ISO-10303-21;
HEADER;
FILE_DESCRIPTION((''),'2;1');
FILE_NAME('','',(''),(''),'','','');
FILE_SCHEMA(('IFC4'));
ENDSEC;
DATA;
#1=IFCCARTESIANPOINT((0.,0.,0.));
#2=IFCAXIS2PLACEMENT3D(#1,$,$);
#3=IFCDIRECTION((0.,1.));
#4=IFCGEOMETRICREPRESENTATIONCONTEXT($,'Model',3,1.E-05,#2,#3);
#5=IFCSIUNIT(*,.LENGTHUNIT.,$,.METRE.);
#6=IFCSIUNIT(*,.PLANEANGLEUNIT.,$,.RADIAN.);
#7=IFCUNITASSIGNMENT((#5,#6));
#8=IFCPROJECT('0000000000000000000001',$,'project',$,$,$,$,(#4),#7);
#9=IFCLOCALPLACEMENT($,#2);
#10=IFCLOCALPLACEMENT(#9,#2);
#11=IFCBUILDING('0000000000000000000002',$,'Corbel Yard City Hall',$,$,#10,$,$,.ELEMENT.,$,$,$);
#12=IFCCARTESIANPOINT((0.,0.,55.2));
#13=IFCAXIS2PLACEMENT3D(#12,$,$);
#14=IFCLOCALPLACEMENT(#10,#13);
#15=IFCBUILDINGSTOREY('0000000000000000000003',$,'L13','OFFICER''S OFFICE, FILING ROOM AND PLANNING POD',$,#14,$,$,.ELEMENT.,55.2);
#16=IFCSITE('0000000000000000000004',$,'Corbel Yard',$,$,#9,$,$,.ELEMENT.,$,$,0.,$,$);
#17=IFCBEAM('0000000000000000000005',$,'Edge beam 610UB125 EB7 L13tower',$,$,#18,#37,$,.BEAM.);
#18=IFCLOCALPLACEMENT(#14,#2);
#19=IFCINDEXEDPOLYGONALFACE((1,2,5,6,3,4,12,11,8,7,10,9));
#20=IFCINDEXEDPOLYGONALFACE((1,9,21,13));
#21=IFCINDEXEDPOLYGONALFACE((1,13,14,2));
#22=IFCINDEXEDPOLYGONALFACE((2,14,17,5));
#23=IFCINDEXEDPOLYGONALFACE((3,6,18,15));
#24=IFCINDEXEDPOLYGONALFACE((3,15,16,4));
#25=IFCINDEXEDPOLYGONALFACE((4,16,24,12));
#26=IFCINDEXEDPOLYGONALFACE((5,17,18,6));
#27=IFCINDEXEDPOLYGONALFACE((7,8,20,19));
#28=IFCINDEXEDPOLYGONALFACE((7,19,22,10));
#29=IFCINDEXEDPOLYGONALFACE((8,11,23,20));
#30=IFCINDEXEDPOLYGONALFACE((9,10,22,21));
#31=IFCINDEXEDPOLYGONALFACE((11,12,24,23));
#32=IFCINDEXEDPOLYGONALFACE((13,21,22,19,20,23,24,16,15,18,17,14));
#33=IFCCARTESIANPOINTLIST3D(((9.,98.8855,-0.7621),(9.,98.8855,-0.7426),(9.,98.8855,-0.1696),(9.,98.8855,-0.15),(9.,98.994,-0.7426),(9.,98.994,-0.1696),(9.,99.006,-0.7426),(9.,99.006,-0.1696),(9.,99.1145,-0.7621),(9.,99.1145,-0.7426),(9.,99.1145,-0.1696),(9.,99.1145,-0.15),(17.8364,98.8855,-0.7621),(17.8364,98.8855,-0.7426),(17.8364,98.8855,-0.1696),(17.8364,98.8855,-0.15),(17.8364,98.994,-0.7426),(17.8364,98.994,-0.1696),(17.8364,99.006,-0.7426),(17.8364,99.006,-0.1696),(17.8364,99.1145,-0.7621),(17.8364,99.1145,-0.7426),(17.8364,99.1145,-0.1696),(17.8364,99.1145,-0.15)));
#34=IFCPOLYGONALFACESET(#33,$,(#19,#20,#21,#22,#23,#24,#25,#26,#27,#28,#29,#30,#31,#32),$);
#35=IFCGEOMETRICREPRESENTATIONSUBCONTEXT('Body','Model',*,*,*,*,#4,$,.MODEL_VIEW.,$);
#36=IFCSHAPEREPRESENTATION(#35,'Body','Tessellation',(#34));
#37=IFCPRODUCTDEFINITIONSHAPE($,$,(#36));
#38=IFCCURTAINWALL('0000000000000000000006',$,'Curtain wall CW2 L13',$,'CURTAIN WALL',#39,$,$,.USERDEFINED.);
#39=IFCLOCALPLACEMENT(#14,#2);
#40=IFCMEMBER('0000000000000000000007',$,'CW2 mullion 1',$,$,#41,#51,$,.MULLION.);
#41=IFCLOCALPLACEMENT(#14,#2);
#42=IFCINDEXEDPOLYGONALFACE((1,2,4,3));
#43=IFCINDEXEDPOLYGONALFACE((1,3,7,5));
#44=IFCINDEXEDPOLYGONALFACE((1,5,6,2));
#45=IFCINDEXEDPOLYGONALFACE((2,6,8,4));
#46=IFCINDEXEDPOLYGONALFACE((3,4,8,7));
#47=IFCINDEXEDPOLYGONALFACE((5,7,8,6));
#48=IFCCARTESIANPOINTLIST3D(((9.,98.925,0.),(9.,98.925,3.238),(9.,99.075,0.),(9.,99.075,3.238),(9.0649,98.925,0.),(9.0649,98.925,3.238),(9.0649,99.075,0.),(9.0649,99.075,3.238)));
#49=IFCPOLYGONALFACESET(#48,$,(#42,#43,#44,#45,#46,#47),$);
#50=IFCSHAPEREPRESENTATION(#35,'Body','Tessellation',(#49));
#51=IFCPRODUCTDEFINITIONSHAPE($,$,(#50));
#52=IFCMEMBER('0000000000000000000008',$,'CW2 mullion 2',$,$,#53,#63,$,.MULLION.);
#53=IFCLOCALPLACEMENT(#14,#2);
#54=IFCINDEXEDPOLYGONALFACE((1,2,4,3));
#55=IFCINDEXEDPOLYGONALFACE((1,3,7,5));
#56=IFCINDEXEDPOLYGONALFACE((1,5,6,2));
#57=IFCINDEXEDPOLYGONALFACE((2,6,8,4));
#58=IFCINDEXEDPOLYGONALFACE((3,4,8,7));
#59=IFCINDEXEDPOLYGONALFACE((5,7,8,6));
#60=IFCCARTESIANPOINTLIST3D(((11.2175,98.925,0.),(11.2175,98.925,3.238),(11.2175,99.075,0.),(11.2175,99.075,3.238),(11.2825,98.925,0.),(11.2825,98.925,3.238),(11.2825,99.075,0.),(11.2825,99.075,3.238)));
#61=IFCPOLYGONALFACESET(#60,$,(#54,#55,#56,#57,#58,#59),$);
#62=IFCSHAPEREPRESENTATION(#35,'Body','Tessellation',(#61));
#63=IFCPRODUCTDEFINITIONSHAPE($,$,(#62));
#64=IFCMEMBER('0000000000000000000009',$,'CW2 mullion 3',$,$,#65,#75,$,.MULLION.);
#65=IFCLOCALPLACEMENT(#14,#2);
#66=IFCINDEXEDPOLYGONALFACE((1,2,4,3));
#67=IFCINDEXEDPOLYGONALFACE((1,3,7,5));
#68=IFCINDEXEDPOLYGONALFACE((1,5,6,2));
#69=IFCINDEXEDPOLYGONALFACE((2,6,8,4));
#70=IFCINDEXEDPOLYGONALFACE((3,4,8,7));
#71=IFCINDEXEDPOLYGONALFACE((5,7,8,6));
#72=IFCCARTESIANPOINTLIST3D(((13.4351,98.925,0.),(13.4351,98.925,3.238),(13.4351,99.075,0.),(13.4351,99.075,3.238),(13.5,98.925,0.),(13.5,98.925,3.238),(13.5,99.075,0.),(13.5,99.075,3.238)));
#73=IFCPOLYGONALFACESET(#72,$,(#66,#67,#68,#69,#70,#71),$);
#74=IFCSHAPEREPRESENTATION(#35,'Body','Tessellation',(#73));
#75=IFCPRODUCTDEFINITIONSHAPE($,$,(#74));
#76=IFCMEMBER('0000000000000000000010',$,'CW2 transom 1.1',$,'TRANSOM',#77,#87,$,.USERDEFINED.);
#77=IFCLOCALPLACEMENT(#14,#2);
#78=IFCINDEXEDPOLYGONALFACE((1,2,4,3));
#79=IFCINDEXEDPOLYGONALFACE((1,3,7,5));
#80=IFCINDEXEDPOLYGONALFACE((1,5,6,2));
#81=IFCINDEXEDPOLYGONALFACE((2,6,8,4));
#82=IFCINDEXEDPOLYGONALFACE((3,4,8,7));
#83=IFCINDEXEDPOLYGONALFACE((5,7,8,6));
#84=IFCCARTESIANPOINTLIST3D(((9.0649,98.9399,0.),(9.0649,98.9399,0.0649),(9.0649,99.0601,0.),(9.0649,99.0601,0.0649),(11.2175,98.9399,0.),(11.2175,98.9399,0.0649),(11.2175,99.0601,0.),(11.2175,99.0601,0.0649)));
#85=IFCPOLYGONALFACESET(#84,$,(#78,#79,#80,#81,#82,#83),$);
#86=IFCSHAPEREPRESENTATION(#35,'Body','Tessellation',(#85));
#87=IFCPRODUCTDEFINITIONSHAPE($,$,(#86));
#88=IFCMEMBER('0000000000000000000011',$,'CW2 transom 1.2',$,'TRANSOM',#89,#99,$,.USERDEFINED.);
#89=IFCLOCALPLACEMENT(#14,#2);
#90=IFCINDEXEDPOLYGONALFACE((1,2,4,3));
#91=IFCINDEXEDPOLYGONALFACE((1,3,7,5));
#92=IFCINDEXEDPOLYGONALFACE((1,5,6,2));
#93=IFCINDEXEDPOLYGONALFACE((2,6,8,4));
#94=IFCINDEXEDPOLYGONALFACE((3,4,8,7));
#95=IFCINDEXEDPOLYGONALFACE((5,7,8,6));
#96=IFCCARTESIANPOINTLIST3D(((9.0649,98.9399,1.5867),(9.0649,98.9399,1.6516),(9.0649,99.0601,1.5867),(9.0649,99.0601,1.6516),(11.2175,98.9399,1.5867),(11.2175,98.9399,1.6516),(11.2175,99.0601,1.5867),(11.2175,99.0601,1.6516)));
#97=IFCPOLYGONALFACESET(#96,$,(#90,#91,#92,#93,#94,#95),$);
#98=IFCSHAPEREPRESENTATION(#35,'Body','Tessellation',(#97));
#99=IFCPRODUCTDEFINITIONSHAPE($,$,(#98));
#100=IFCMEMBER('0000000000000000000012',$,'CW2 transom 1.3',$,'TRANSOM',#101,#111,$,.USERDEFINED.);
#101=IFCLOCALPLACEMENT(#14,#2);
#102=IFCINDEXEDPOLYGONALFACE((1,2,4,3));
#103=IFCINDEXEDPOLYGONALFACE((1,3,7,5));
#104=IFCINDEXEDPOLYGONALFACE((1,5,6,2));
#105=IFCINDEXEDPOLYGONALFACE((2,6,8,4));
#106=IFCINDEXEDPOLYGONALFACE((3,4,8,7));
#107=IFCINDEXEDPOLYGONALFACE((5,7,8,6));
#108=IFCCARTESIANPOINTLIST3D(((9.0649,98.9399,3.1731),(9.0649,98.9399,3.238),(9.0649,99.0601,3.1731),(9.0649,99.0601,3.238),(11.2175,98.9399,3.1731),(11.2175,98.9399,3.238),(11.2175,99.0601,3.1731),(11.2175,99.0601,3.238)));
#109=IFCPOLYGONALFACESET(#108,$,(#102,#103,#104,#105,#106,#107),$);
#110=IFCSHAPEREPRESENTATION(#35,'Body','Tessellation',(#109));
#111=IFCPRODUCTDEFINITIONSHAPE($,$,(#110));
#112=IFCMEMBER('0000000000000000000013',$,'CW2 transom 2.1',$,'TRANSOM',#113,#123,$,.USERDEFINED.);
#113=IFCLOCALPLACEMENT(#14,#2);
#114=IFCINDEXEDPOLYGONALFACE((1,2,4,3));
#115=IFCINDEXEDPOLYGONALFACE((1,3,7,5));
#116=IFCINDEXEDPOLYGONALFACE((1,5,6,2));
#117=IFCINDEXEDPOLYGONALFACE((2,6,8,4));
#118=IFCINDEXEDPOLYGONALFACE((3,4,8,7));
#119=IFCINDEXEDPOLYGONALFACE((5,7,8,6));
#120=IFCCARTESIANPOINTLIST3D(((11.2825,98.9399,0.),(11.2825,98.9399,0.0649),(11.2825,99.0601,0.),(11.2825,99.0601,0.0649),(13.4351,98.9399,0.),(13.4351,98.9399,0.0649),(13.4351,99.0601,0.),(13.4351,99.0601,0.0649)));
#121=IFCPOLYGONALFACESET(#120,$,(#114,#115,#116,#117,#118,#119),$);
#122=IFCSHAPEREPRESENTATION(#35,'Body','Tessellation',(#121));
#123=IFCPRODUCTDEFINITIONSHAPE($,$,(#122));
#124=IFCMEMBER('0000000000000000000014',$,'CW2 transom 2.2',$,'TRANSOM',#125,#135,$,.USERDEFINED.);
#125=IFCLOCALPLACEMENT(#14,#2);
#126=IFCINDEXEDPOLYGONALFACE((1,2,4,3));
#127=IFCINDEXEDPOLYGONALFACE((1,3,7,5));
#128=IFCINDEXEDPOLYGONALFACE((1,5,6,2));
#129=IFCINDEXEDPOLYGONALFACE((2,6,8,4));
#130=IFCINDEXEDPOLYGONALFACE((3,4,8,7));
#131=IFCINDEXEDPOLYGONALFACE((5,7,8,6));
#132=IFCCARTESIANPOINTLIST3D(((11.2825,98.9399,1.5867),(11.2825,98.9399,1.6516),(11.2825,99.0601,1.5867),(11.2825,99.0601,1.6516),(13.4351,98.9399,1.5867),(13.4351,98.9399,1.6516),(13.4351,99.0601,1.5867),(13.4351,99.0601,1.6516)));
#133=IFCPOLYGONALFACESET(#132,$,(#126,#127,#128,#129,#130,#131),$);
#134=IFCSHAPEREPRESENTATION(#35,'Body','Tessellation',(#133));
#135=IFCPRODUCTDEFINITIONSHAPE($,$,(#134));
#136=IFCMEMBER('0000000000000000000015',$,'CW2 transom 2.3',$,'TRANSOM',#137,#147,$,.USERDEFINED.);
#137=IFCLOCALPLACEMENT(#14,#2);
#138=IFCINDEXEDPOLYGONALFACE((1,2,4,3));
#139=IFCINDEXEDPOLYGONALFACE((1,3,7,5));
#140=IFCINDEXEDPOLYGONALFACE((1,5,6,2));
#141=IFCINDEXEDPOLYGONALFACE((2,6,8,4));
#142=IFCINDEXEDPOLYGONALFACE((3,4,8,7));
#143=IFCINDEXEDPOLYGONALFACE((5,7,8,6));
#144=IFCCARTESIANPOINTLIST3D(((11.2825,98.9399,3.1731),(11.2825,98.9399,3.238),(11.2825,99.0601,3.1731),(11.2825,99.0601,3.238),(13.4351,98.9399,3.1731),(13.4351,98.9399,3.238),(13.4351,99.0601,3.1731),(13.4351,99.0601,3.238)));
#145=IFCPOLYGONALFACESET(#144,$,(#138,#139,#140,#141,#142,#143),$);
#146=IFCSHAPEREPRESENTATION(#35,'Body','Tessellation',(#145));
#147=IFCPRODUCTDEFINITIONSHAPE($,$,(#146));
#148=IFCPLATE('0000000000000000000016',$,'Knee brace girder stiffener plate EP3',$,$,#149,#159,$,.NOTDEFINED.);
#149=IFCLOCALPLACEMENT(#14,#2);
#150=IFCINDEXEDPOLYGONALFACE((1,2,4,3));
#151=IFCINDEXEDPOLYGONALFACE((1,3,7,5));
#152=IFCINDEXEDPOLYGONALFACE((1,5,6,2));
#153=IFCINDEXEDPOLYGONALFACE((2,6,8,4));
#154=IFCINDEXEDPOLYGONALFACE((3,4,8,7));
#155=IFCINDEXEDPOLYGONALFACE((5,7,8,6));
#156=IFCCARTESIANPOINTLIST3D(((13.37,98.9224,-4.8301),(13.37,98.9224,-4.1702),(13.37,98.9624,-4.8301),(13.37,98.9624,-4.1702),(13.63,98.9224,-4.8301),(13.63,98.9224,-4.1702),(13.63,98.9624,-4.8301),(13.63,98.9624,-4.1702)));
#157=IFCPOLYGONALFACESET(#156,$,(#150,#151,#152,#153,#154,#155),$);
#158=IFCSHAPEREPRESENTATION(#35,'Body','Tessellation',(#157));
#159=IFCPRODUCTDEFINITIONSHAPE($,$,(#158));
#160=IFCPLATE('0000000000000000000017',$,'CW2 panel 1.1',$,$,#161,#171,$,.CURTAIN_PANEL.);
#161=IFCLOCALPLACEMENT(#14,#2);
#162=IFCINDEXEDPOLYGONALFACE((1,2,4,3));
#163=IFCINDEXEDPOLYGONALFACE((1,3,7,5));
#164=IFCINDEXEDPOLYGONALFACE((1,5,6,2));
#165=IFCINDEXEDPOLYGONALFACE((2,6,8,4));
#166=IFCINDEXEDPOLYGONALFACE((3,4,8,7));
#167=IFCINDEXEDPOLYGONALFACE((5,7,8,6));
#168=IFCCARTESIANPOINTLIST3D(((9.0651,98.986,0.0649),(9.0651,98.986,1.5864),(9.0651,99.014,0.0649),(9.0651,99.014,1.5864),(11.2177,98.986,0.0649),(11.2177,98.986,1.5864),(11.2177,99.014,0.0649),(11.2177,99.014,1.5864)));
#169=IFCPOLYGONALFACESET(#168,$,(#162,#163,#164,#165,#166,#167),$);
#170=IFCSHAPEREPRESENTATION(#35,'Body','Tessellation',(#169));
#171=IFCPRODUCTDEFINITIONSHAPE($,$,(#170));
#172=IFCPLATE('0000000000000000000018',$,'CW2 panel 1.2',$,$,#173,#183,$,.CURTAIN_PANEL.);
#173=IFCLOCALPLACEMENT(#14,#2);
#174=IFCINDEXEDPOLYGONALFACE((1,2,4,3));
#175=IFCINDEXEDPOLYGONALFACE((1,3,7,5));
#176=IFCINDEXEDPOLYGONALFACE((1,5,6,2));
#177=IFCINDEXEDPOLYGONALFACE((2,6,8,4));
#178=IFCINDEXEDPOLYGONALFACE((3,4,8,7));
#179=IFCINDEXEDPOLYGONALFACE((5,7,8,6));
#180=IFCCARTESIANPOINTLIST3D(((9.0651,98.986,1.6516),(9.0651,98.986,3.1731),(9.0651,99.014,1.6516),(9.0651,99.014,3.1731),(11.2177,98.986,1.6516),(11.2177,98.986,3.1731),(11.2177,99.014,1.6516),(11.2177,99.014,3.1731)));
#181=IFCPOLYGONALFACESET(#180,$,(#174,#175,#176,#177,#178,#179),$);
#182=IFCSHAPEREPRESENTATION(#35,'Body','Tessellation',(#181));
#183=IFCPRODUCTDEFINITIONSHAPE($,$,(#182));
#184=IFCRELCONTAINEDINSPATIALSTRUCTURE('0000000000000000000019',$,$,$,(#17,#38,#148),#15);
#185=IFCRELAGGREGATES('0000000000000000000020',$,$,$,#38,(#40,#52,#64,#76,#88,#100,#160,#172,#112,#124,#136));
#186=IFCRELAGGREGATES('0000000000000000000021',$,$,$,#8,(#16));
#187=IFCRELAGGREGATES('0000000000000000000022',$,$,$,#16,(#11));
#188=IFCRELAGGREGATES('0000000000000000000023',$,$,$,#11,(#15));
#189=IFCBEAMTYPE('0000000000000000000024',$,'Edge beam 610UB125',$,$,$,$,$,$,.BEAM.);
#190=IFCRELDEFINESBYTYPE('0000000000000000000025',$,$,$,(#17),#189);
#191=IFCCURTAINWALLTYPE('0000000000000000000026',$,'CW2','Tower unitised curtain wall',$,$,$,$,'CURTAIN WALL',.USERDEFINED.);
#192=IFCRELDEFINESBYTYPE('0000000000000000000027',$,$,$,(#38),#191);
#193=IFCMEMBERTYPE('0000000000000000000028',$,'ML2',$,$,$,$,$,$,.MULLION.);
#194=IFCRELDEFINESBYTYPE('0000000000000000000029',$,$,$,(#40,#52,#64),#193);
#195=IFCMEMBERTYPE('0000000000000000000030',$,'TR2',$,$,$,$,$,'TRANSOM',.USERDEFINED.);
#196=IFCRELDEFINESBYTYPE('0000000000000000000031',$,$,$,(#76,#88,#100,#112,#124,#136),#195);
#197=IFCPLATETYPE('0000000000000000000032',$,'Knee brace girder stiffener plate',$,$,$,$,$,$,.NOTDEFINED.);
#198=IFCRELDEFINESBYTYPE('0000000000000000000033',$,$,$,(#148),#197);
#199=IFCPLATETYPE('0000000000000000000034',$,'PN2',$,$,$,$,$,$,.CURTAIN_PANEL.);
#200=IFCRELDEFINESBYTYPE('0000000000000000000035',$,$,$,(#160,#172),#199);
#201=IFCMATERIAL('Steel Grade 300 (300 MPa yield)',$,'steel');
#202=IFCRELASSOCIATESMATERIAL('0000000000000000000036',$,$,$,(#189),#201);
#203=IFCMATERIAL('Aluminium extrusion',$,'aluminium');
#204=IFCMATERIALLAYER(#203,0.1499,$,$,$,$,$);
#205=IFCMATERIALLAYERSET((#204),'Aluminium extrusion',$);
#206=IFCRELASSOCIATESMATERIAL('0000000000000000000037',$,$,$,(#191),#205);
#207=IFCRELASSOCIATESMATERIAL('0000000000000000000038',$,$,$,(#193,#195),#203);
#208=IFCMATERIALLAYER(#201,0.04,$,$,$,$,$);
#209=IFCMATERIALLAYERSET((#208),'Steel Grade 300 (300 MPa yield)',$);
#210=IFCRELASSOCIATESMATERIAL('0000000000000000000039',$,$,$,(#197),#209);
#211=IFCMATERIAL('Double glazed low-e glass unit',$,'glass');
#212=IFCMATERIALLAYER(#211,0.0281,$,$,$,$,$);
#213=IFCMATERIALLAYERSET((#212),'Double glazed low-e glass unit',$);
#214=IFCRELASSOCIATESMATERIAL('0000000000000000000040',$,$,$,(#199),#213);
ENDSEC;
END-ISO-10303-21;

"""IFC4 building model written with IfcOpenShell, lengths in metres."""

from ifc_helpers import new_model, si_unit, direction, frame, origin, origin_2d, place, context, subcontext, project, spatial, rectangle, i_section, extrude, material, layer, layer_set, material_profile, profile_set, type_object, element, aggregate, save


model = new_model("IFC4")

# Units and contexts
model_context = context("Model", 3, precision=1e-05, world=origin(), true_north=direction((0.0, 1.0)))
body_context = subcontext(model_context, "Body", "Model", "MODEL_VIEW")
ifc_project = project(units=[si_unit("LENGTHUNIT", "METRE"), si_unit("PLANEANGLEUNIT", "RADIAN")], contexts=[model_context])

# Site, building, storey
site_placement = place(None, origin())
site = spatial("IfcSite", under=ifc_project, at=site_placement, Name="Corbel Yard", CompositionType="ELEMENT", RefElevation=0.0)
building_placement = place(site_placement, origin())
building = spatial("IfcBuilding", under=site, at=building_placement, Name="Corbel Yard City Hall", CompositionType="ELEMENT")
storey_placement = place(building_placement, frame((0.0, 0.0, 55.2)))
storey = spatial("IfcBuildingStorey", under=building, at=storey_placement, Name="L13", Description="OFFICER'S OFFICE, FILING ROOM AND PLANNING POD", CompositionType="ELEMENT", Elevation=55.2)

# Beam
ifc_material_1 = material(Name="Steel Grade 300 (300 MPa yield)", Category="steel")
ifc_material_profile_1 = material_profile(ifc_material_1, i_section(OverallWidth=0.229, OverallDepth=0.6121, WebThickness=0.012, FlangeThickness=0.0195, at=origin_2d()), Name="610UB125")
ifc_profile_set_1 = profile_set([ifc_material_profile_1], Name="Steel Grade 300 (300 MPa yield)")
beam_type = type_object("IfcBeamType", Name="Edge beam 610UB125", PredefinedType="BEAM", material=ifc_profile_set_1)
beam_placement = place(storey_placement, frame((9.0, 99.0, -0.4561), z_axis=(1.0, 0.0, 0.0), x_axis=(0.0, 1.0, 0.0)))
element("IfcBeam", 1, at=beam_placement, inside=storey, type_object=beam_type, Name="Edge beam 610UB125 EB7 L13tower", PredefinedType="BEAM", context=body_context, shape_type="SweptSolid", body=[
    extrude(i_section(OverallWidth=0.229, OverallDepth=0.6121, WebThickness=0.012, FlangeThickness=0.0195, at=origin_2d()), origin(), (0.0, 0.0, 1.0), 8.8364),
])

# Curtain wall, members
ifc_material_2 = material(Name="Aluminium extrusion", Category="aluminium")
ifc_layer_1 = layer(ifc_material_2, 0.1499)
ifc_layer_set_1 = layer_set([ifc_layer_1], Name="Aluminium extrusion")
curtain_wall_type = type_object("IfcCurtainWallType", Name="CW2", Description="Tower unitised curtain wall", ElementType="CURTAIN WALL", PredefinedType="USERDEFINED", material=ifc_layer_set_1)
curtain_wall_placement = place(storey_placement, origin())
curtain_wall = element("IfcCurtainWall", 2, at=curtain_wall_placement, inside=storey, type_object=curtain_wall_type, Name="Curtain wall CW2 L13", ObjectType="CURTAIN WALL", PredefinedType="USERDEFINED")
ifc_material_profile_2 = material_profile(ifc_material_2, rectangle(XDim=0.1499, YDim=0.0649, at=origin_2d()), Name="150x65")
ifc_profile_set_2 = profile_set([ifc_material_profile_2], Name="Aluminium extrusion")
member_type_1 = type_object("IfcMemberType", Name="ML2", PredefinedType="MULLION", material=ifc_profile_set_2)
member_1_placement = place(storey_placement, frame((9.0325, 99.0, 0.0), z_axis=(0.0, 0.0, 1.0), x_axis=(0.0, 1.0, 0.0)))
member_1 = element("IfcMember", 3, at=member_1_placement, type_object=member_type_1, Name="CW2 mullion 1", PredefinedType="MULLION", context=body_context, shape_type="SweptSolid", body=[
    extrude(rectangle(XDim=0.1499, YDim=0.0649, at=origin_2d()), origin(), (0.0, 0.0, 1.0), 3.238),
])
member_2_placement = place(storey_placement, frame((11.25, 99.0, 0.0), z_axis=(0.0, 0.0, 1.0), x_axis=(0.0, 1.0, 0.0)))
member_2 = element("IfcMember", 4, at=member_2_placement, type_object=member_type_1, Name="CW2 mullion 2", PredefinedType="MULLION", context=body_context, shape_type="SweptSolid", body=[
    extrude(rectangle(XDim=0.1499, YDim=0.0649, at=origin_2d()), origin(), (0.0, 0.0, 1.0), 3.238),
])
member_3_placement = place(storey_placement, frame((13.4675, 99.0, 0.0), z_axis=(0.0, 0.0, 1.0), x_axis=(0.0, 1.0, 0.0)))
member_3 = element("IfcMember", 5, at=member_3_placement, type_object=member_type_1, Name="CW2 mullion 3", PredefinedType="MULLION", context=body_context, shape_type="SweptSolid", body=[
    extrude(rectangle(XDim=0.1499, YDim=0.0649, at=origin_2d()), origin(), (0.0, 0.0, 1.0), 3.238),
])
ifc_material_profile_3 = material_profile(ifc_material_2, rectangle(XDim=0.1201, YDim=0.0649, at=origin_2d()), Name="120x65")
ifc_profile_set_3 = profile_set([ifc_material_profile_3], Name="Aluminium extrusion")
member_type_2 = type_object("IfcMemberType", Name="TR2", ElementType="TRANSOM", PredefinedType="USERDEFINED", material=ifc_profile_set_3)
member_4_placement = place(storey_placement, frame((9.0649, 99.0, 0.0325), z_axis=(1.0, 0.0, 0.0), x_axis=(0.0, 1.0, 0.0)))
member_4 = element("IfcMember", 6, at=member_4_placement, type_object=member_type_2, Name="CW2 transom 1.1", ObjectType="TRANSOM", PredefinedType="USERDEFINED", context=body_context, shape_type="SweptSolid", body=[
    extrude(rectangle(XDim=0.1201, YDim=0.0649, at=origin_2d()), origin(), (0.0, 0.0, 1.0), 2.1526),
])
member_5_placement = place(storey_placement, frame((9.0649, 99.0, 1.6191), z_axis=(1.0, 0.0, 0.0), x_axis=(0.0, 1.0, 0.0)))
member_5 = element("IfcMember", 7, at=member_5_placement, type_object=member_type_2, Name="CW2 transom 1.2", ObjectType="TRANSOM", PredefinedType="USERDEFINED", context=body_context, shape_type="SweptSolid", body=[
    extrude(rectangle(XDim=0.1201, YDim=0.0649, at=origin_2d()), origin(), (0.0, 0.0, 1.0), 2.1526),
])
member_6_placement = place(storey_placement, frame((9.0649, 99.0, 3.2056), z_axis=(1.0, 0.0, 0.0), x_axis=(0.0, 1.0, 0.0)))
member_6 = element("IfcMember", 8, at=member_6_placement, type_object=member_type_2, Name="CW2 transom 1.3", ObjectType="TRANSOM", PredefinedType="USERDEFINED", context=body_context, shape_type="SweptSolid", body=[
    extrude(rectangle(XDim=0.1201, YDim=0.0649, at=origin_2d()), origin(), (0.0, 0.0, 1.0), 2.1526),
])
member_7_placement = place(storey_placement, frame((11.2825, 99.0, 0.0325), z_axis=(1.0, 0.0, 0.0), x_axis=(0.0, 1.0, 0.0)))
member_7 = element("IfcMember", 9, at=member_7_placement, type_object=member_type_2, Name="CW2 transom 2.1", ObjectType="TRANSOM", PredefinedType="USERDEFINED", context=body_context, shape_type="SweptSolid", body=[
    extrude(rectangle(XDim=0.1201, YDim=0.0649, at=origin_2d()), origin(), (0.0, 0.0, 1.0), 2.1526),
])
member_8_placement = place(storey_placement, frame((11.2825, 99.0, 1.6191), z_axis=(1.0, 0.0, 0.0), x_axis=(0.0, 1.0, 0.0)))
member_8 = element("IfcMember", 10, at=member_8_placement, type_object=member_type_2, Name="CW2 transom 2.2", ObjectType="TRANSOM", PredefinedType="USERDEFINED", context=body_context, shape_type="SweptSolid", body=[
    extrude(rectangle(XDim=0.1201, YDim=0.0649, at=origin_2d()), origin(), (0.0, 0.0, 1.0), 2.1526),
])
member_9_placement = place(storey_placement, frame((11.2825, 99.0, 3.2056), z_axis=(1.0, 0.0, 0.0), x_axis=(0.0, 1.0, 0.0)))
member_9 = element("IfcMember", 11, at=member_9_placement, type_object=member_type_2, Name="CW2 transom 2.3", ObjectType="TRANSOM", PredefinedType="USERDEFINED", context=body_context, shape_type="SweptSolid", body=[
    extrude(rectangle(XDim=0.1201, YDim=0.0649, at=origin_2d()), origin(), (0.0, 0.0, 1.0), 2.1526),
])

# Plates
ifc_layer_2 = layer(ifc_material_1, 0.04)
ifc_layer_set_2 = layer_set([ifc_layer_2], Name="Steel Grade 300 (300 MPa yield)")
plate_type_1 = type_object("IfcPlateType", Name="Knee brace girder stiffener plate", PredefinedType="NOTDEFINED", material=ifc_layer_set_2)
plate_1_placement = place(storey_placement, frame((13.5, 98.9424, -4.8301), z_axis=(0.0, 0.0, 1.0), x_axis=(1.0, 0.0, 0.0)))
element("IfcPlate", 12, at=plate_1_placement, inside=storey, type_object=plate_type_1, Name="Knee brace girder stiffener plate EP3", PredefinedType="NOTDEFINED", context=body_context, shape_type="SweptSolid", body=[
    extrude(rectangle(XDim=0.26, YDim=0.04, at=origin_2d()), origin(), (0.0, 0.0, 1.0), 0.6599),
])
ifc_material_3 = material(Name="Double glazed low-e glass unit", Category="glass")
ifc_layer_3 = layer(ifc_material_3, 0.0281)
ifc_layer_set_3 = layer_set([ifc_layer_3], Name="Double glazed low-e glass unit")
plate_type_2 = type_object("IfcPlateType", Name="PN2", PredefinedType="CURTAIN_PANEL", material=ifc_layer_set_3)
plate_2_placement = place(storey_placement, frame((10.1414, 99.0, 0.0649), z_axis=(0.0, 0.0, 1.0), x_axis=(1.0, 0.0, 0.0)))
plate_2 = element("IfcPlate", 13, at=plate_2_placement, type_object=plate_type_2, Name="CW2 panel 1.1", PredefinedType="CURTAIN_PANEL", context=body_context, shape_type="SweptSolid", body=[
    extrude(rectangle(XDim=2.1526, YDim=0.0281, at=origin_2d()), origin(), (0.0, 0.0, 1.0), 1.5215),
])
plate_3_placement = place(storey_placement, frame((10.1414, 99.0, 1.6516), z_axis=(0.0, 0.0, 1.0), x_axis=(1.0, 0.0, 0.0)))
plate_3 = element("IfcPlate", 14, at=plate_3_placement, type_object=plate_type_2, Name="CW2 panel 1.2", PredefinedType="CURTAIN_PANEL", context=body_context, shape_type="SweptSolid", body=[
    extrude(rectangle(XDim=2.1526, YDim=0.0281, at=origin_2d()), origin(), (0.0, 0.0, 1.0), 1.5215),
])
aggregate(curtain_wall, [member_1, member_2, member_3, member_4, member_5, member_6, plate_2, plate_3, member_7, member_8, member_9])

save(model, "model.ifc")
